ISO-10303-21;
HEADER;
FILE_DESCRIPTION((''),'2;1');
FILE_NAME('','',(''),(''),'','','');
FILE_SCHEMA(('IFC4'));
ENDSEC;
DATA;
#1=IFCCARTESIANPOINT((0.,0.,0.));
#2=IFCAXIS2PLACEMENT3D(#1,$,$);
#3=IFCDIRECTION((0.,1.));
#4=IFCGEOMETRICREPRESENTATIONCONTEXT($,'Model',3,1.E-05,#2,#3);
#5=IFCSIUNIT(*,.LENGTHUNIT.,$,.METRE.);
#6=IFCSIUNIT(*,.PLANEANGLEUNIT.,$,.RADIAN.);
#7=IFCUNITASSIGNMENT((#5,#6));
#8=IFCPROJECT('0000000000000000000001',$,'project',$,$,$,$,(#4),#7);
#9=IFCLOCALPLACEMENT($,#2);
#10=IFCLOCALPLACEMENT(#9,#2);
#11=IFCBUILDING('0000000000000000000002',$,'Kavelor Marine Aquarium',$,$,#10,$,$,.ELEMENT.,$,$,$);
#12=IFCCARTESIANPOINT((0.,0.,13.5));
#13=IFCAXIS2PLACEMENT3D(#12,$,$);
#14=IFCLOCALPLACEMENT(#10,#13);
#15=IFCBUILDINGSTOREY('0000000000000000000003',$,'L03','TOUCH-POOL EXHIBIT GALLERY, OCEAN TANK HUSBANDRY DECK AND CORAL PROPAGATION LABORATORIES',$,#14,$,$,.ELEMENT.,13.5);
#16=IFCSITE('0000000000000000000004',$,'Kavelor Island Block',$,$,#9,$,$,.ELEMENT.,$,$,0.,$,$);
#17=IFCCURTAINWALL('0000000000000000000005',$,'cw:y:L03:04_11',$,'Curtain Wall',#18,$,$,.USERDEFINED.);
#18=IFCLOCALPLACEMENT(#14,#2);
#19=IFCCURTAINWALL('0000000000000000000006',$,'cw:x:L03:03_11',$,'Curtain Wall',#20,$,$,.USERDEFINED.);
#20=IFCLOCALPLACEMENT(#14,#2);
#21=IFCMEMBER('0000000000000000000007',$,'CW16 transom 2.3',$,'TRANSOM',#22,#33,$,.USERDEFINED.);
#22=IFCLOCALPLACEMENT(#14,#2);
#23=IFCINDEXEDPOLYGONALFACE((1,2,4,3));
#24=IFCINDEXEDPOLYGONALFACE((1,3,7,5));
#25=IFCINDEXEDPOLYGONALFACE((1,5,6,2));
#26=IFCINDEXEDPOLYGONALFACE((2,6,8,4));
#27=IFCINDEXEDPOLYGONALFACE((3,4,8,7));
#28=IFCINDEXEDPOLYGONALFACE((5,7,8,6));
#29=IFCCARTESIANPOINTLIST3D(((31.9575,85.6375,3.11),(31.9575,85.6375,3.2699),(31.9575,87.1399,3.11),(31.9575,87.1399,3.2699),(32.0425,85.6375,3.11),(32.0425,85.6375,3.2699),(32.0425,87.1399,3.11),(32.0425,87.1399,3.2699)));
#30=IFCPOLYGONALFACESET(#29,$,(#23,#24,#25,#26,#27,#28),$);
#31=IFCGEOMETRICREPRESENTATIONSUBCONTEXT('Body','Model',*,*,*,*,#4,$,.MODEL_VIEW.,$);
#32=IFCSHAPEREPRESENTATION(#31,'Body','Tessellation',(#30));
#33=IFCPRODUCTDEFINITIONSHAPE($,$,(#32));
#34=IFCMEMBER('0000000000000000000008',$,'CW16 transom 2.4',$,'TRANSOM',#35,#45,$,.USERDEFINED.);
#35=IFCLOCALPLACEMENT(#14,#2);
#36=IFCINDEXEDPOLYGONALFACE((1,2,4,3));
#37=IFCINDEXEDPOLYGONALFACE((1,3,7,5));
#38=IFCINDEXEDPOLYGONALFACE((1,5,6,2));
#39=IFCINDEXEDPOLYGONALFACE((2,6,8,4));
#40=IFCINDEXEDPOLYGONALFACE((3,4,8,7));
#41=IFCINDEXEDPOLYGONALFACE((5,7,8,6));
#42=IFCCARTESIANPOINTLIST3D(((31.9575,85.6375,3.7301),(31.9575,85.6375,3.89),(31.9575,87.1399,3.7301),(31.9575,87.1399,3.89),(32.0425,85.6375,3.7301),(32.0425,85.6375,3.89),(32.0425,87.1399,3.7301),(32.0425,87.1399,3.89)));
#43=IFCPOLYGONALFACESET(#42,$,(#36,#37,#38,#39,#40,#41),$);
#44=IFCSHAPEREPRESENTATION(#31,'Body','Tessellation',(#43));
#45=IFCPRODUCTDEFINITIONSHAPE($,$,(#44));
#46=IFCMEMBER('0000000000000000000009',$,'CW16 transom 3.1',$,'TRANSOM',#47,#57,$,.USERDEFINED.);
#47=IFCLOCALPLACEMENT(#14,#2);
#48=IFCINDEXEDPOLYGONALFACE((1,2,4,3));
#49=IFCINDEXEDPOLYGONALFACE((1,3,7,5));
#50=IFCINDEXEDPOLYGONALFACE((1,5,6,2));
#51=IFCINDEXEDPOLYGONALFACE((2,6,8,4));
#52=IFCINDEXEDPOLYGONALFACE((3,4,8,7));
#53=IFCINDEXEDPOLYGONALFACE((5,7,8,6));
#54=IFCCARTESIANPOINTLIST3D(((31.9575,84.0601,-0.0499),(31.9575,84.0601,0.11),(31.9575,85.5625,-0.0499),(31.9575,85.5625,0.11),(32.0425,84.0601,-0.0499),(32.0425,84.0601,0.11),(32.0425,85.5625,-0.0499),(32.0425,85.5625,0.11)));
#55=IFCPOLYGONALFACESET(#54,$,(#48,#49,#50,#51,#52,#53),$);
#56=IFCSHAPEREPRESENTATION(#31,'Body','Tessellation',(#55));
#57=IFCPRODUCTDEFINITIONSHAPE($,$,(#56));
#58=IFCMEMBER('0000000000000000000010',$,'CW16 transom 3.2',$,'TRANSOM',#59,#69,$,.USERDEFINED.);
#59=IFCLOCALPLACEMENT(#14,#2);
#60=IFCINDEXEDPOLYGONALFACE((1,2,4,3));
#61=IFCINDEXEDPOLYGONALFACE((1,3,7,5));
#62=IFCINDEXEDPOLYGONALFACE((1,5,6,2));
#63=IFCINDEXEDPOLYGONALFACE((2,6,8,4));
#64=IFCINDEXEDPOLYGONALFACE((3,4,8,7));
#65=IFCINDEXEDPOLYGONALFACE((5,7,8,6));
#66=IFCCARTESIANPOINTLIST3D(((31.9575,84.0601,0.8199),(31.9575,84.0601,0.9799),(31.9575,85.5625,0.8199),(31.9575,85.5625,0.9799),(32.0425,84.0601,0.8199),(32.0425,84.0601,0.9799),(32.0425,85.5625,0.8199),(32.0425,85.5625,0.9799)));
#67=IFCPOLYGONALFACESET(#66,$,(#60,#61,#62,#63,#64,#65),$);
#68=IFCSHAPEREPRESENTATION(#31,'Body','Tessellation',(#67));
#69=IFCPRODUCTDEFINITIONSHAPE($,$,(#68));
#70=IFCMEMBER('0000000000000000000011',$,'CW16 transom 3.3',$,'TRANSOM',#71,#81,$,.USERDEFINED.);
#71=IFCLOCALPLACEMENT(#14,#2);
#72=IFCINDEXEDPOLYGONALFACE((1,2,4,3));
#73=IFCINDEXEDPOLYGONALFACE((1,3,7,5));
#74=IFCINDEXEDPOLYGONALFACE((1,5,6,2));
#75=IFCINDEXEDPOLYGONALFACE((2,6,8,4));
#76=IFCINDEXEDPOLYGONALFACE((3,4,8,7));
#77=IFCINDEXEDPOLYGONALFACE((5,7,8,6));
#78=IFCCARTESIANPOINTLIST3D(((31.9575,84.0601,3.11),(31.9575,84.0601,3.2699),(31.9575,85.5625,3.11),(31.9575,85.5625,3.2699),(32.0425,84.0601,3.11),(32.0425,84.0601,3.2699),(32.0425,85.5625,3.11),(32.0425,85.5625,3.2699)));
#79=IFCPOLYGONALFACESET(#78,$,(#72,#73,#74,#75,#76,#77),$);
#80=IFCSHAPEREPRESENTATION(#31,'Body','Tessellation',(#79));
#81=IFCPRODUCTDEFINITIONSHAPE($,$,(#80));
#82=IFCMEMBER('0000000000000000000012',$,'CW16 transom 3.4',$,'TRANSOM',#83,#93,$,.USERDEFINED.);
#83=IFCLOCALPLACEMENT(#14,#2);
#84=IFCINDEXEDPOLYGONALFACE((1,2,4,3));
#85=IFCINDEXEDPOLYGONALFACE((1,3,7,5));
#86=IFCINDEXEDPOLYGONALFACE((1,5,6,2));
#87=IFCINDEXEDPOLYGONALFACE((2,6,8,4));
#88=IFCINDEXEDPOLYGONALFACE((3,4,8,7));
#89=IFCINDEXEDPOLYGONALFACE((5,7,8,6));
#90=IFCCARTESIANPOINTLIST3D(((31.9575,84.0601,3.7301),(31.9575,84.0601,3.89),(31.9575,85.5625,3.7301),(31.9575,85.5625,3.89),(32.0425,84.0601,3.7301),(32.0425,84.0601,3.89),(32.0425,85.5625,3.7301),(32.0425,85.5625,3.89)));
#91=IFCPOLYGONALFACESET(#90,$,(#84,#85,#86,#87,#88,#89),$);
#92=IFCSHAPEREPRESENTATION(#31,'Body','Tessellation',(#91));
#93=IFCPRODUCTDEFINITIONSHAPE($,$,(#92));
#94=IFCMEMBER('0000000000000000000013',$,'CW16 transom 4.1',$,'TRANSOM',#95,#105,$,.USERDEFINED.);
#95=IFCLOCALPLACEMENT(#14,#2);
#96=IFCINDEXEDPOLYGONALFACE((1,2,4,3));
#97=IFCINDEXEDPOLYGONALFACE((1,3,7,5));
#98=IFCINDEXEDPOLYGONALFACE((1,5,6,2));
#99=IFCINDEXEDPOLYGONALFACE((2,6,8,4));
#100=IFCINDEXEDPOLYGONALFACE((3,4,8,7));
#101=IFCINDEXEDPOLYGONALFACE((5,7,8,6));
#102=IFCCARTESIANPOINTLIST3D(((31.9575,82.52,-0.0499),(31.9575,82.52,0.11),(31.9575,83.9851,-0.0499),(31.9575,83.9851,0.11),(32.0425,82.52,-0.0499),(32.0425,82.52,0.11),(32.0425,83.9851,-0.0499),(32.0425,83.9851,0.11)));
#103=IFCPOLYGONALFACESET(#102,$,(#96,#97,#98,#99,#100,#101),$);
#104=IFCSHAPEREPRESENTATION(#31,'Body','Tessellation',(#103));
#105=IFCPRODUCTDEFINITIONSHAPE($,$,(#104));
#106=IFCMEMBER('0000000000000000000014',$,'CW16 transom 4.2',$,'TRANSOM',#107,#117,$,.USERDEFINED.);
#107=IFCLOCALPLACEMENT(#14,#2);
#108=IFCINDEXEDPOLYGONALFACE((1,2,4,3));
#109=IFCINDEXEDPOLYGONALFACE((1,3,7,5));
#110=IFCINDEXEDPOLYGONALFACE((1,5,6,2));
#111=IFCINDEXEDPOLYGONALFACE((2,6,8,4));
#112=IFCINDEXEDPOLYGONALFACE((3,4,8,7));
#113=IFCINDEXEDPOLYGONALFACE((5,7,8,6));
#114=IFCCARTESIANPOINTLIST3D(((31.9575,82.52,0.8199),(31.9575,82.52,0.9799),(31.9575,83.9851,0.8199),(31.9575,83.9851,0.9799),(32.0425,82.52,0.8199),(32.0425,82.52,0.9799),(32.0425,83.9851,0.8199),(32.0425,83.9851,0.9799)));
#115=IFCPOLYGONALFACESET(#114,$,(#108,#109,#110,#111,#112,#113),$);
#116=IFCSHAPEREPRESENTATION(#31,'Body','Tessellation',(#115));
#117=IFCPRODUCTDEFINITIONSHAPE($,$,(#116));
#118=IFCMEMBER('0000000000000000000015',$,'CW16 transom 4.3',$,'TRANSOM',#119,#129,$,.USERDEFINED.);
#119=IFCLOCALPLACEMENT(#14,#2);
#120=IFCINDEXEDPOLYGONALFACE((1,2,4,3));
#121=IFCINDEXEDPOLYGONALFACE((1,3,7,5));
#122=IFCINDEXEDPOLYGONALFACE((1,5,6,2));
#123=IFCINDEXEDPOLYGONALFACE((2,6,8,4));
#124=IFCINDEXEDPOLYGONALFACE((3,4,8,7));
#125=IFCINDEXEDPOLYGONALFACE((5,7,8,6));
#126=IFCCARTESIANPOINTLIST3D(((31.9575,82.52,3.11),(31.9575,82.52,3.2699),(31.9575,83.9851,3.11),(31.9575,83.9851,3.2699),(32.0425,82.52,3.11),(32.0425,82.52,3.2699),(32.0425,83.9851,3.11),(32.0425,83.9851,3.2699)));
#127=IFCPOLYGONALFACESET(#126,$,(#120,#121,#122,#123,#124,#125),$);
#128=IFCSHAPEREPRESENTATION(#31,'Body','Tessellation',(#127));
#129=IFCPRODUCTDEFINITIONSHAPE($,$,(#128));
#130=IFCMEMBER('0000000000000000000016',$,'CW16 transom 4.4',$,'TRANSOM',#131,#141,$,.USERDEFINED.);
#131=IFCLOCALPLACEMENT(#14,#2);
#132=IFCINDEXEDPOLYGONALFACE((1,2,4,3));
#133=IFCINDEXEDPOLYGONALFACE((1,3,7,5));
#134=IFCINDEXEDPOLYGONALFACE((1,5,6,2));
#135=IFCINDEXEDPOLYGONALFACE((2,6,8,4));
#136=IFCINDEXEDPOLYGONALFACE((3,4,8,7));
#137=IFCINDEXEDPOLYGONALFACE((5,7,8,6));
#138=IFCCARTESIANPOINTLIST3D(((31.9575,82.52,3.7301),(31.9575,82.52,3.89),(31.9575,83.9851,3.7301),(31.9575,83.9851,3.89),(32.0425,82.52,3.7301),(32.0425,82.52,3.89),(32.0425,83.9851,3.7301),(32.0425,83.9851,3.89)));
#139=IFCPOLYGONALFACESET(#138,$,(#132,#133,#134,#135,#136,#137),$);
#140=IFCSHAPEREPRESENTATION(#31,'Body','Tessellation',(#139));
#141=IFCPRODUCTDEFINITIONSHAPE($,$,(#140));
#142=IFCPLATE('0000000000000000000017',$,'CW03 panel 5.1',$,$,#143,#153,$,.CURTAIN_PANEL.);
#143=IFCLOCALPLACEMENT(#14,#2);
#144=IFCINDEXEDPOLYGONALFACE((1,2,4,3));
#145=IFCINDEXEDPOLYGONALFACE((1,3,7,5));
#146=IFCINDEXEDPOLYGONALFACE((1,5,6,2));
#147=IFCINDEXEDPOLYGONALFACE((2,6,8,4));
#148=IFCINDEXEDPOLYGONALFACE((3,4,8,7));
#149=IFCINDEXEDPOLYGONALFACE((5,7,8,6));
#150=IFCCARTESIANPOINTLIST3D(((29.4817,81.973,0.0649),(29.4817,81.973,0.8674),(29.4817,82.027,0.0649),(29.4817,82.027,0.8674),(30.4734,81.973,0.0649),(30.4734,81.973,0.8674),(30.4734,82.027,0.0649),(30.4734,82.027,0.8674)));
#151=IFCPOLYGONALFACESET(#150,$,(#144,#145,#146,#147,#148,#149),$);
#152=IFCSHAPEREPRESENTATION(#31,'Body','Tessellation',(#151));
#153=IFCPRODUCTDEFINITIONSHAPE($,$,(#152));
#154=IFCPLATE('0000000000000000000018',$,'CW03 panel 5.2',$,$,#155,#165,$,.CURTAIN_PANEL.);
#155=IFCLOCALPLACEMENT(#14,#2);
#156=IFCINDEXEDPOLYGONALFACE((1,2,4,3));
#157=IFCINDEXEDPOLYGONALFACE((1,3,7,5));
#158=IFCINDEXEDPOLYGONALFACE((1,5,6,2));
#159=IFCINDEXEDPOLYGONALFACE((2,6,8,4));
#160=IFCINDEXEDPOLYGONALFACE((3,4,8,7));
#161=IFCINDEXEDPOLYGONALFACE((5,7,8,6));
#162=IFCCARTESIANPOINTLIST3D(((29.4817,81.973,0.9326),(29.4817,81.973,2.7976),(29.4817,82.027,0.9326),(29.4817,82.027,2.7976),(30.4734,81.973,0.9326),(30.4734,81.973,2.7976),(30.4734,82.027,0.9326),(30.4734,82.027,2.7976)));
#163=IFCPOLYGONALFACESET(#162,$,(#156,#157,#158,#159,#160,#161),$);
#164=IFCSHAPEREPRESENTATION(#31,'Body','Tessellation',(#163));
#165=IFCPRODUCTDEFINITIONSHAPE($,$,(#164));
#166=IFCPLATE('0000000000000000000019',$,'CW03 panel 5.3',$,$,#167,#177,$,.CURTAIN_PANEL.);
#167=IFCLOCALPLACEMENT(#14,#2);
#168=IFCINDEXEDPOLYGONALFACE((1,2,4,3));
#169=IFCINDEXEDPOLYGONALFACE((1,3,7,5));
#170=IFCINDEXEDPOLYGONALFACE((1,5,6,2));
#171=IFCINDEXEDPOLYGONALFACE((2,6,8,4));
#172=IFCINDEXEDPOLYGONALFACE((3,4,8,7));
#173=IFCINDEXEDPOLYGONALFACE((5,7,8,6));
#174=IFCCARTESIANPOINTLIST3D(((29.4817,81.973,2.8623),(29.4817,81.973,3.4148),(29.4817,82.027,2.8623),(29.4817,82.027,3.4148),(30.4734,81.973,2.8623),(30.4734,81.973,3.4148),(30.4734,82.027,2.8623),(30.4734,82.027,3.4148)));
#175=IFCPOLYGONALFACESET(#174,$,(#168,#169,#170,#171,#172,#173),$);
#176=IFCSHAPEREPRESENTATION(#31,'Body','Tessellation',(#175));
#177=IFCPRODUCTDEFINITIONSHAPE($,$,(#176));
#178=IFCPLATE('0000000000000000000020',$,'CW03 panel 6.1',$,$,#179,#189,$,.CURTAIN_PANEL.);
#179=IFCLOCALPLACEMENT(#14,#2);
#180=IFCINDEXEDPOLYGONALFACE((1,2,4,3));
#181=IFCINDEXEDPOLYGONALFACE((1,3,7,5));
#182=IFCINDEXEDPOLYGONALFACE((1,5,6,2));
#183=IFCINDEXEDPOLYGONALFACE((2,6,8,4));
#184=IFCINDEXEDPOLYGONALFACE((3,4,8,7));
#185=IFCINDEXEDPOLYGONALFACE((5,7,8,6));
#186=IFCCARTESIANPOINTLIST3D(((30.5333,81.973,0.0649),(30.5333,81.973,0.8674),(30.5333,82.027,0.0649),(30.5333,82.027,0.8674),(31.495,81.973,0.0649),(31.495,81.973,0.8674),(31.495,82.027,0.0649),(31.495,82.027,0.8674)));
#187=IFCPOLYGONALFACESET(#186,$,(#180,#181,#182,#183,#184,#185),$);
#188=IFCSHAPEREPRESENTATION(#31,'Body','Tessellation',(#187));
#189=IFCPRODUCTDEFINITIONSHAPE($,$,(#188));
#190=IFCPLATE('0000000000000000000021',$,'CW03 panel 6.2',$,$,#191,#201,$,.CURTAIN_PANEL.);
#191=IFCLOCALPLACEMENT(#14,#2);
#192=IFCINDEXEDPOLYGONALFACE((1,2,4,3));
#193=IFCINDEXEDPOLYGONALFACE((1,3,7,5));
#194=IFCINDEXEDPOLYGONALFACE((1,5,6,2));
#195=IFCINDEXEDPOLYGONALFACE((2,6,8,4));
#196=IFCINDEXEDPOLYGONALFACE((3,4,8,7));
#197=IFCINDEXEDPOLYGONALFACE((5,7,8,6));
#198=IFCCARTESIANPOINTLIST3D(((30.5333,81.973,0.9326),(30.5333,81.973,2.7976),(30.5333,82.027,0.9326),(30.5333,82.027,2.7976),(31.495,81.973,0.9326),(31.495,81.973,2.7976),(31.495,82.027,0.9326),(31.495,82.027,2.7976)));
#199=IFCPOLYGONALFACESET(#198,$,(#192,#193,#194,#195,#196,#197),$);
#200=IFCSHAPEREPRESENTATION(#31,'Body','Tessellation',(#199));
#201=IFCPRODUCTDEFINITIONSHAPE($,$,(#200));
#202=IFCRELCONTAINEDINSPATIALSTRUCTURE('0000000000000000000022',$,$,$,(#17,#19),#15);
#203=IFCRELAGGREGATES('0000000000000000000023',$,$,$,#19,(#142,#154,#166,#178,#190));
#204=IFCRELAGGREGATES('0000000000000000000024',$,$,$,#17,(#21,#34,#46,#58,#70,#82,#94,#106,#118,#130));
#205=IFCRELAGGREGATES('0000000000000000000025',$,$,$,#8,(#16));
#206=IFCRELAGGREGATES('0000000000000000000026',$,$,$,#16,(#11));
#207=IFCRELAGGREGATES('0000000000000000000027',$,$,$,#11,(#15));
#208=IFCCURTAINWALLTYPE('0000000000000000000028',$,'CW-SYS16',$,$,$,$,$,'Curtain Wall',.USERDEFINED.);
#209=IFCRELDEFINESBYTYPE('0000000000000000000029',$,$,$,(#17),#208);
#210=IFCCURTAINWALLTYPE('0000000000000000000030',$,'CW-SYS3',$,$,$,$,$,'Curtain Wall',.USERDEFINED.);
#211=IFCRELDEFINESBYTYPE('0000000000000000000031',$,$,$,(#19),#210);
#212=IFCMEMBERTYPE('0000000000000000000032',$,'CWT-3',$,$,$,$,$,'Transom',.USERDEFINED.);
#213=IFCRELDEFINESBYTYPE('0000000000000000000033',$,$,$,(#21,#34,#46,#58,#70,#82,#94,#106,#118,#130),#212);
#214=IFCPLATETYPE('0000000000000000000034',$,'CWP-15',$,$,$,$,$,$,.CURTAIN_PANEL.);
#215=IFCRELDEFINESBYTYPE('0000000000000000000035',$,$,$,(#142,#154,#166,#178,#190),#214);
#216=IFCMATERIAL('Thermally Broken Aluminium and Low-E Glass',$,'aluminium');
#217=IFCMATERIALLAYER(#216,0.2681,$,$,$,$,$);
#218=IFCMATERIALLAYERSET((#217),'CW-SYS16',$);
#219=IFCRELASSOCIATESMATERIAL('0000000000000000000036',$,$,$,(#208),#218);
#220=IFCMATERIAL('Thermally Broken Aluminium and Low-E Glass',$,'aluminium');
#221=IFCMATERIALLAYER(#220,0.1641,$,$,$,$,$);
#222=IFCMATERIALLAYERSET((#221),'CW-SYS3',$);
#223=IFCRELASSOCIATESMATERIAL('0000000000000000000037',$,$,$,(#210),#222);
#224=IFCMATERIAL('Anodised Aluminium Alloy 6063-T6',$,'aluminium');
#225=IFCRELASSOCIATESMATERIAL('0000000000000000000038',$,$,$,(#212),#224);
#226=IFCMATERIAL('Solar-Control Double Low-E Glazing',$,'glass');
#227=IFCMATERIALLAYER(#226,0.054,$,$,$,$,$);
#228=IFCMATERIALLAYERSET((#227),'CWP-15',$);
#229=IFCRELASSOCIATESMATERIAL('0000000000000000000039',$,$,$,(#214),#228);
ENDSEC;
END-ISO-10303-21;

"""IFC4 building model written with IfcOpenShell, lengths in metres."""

from ifc_helpers import new_model, si_unit, direction, frame, origin, origin_2d, place, context, subcontext, project, spatial, rectangle, extrude, material, layer, layer_set, material_profile, profile_set, type_object, element, aggregate, save


model = new_model("IFC4")

# Units and contexts
model_context = context("Model", 3, precision=1e-05, world=origin(), true_north=direction((0.0, 1.0)))
body_context = subcontext(model_context, "Body", "Model", "MODEL_VIEW")
ifc_project = project(units=[si_unit("LENGTHUNIT", "METRE"), si_unit("PLANEANGLEUNIT", "RADIAN")], contexts=[model_context])

# Site, building, storey
site_placement = place(None, origin())
site = spatial("IfcSite", under=ifc_project, at=site_placement, Name="Kavelor Island Block", CompositionType="ELEMENT", RefElevation=0.0)
building_placement = place(site_placement, origin())
building = spatial("IfcBuilding", under=site, at=building_placement, Name="Kavelor Marine Aquarium", CompositionType="ELEMENT")
storey_placement = place(building_placement, frame((0.0, 0.0, 13.5)))
storey = spatial("IfcBuildingStorey", under=building, at=storey_placement, Name="L03", Description="TOUCH-POOL EXHIBIT GALLERY, OCEAN TANK HUSBANDRY DECK AND CORAL PROPAGATION LABORATORIES", CompositionType="ELEMENT", Elevation=13.5)

# Curtain walls
ifc_material_1 = material(Name="Thermally Broken Aluminium and Low-E Glass", Category="aluminium")
ifc_layer_1 = layer(ifc_material_1, 0.2681)
ifc_layer_set_1 = layer_set([ifc_layer_1], Name="CW-SYS16")
curtain_wall_type_1 = type_object("IfcCurtainWallType", Name="CW-SYS16", ElementType="Curtain Wall", PredefinedType="USERDEFINED", material=ifc_layer_set_1)
curtain_wall_1_placement = place(storey_placement, origin())
curtain_wall_1 = element("IfcCurtainWall", 1, at=curtain_wall_1_placement, inside=storey, type_object=curtain_wall_type_1, Name="cw:y:L03:04_11", ObjectType="Curtain Wall", PredefinedType="USERDEFINED")
ifc_material_2 = material(Name="Thermally Broken Aluminium and Low-E Glass", Category="aluminium")
ifc_layer_2 = layer(ifc_material_2, 0.1641)
ifc_layer_set_2 = layer_set([ifc_layer_2], Name="CW-SYS3")
curtain_wall_type_2 = type_object("IfcCurtainWallType", Name="CW-SYS3", ElementType="Curtain Wall", PredefinedType="USERDEFINED", material=ifc_layer_set_2)
curtain_wall_2_placement = place(storey_placement, origin())
curtain_wall_2 = element("IfcCurtainWall", 2, at=curtain_wall_2_placement, inside=storey, type_object=curtain_wall_type_2, Name="cw:x:L03:03_11", ObjectType="Curtain Wall", PredefinedType="USERDEFINED")

# Members
ifc_material_3 = material(Name="Anodised Aluminium Alloy 6063-T6", Category="aluminium")
ifc_material_profile_1 = material_profile(ifc_material_3, rectangle(XDim=0.085, YDim=0.1599, at=origin_2d()), Name="CW-TRN 85x160")
ifc_profile_set_1 = profile_set([ifc_material_profile_1], Name="Anodised Aluminium Alloy 6063-T6")
member_type_1 = type_object("IfcMemberType", Name="CWT-3", ElementType="Transom", PredefinedType="USERDEFINED", material=ifc_profile_set_1)
member_1_placement = place(storey_placement, frame((32.0, 87.1399, 3.1899), z_axis=(0.0, -1.0, 0.0), x_axis=(1.0, 0.0, 0.0)))
member_1 = element("IfcMember", 3, at=member_1_placement, type_object=member_type_1, Name="CW16 transom 2.3", ObjectType="TRANSOM", PredefinedType="USERDEFINED", context=body_context, shape_type="SweptSolid", body=[
    extrude(rectangle(XDim=0.085, YDim=0.1599, at=origin_2d()), origin(), (0.0, 0.0, 1.0), 1.5024),
])
member_2_placement = place(storey_placement, frame((32.0, 87.1399, 3.8101), z_axis=(0.0, -1.0, 0.0), x_axis=(1.0, 0.0, 0.0)))
member_2 = element("IfcMember", 4, at=member_2_placement, type_object=member_type_1, Name="CW16 transom 2.4", ObjectType="TRANSOM", PredefinedType="USERDEFINED", context=body_context, shape_type="SweptSolid", body=[
    extrude(rectangle(XDim=0.085, YDim=0.1599, at=origin_2d()), origin(), (0.0, 0.0, 1.0), 1.5024),
])
member_3_placement = place(storey_placement, frame((32.0, 85.5625, 0.03), z_axis=(0.0, -1.0, 0.0), x_axis=(1.0, 0.0, 0.0)))
member_3 = element("IfcMember", 5, at=member_3_placement, type_object=member_type_1, Name="CW16 transom 3.1", ObjectType="TRANSOM", PredefinedType="USERDEFINED", context=body_context, shape_type="SweptSolid", body=[
    extrude(rectangle(XDim=0.085, YDim=0.1599, at=origin_2d()), origin(), (0.0, 0.0, 1.0), 1.5024),
])
member_4_placement = place(storey_placement, frame((32.0, 85.5625, 0.8999), z_axis=(0.0, -1.0, 0.0), x_axis=(1.0, 0.0, 0.0)))
member_4 = element("IfcMember", 6, at=member_4_placement, type_object=member_type_1, Name="CW16 transom 3.2", ObjectType="TRANSOM", PredefinedType="USERDEFINED", context=body_context, shape_type="SweptSolid", body=[
    extrude(rectangle(XDim=0.085, YDim=0.1599, at=origin_2d()), origin(), (0.0, 0.0, 1.0), 1.5024),
])
member_5_placement = place(storey_placement, frame((32.0, 85.5625, 3.1899), z_axis=(0.0, -1.0, 0.0), x_axis=(1.0, 0.0, 0.0)))
member_5 = element("IfcMember", 7, at=member_5_placement, type_object=member_type_1, Name="CW16 transom 3.3", ObjectType="TRANSOM", PredefinedType="USERDEFINED", context=body_context, shape_type="SweptSolid", body=[
    extrude(rectangle(XDim=0.085, YDim=0.1599, at=origin_2d()), origin(), (0.0, 0.0, 1.0), 1.5024),
])
member_6_placement = place(storey_placement, frame((32.0, 85.5625, 3.8101), z_axis=(0.0, -1.0, 0.0), x_axis=(1.0, 0.0, 0.0)))
member_6 = element("IfcMember", 8, at=member_6_placement, type_object=member_type_1, Name="CW16 transom 3.4", ObjectType="TRANSOM", PredefinedType="USERDEFINED", context=body_context, shape_type="SweptSolid", body=[
    extrude(rectangle(XDim=0.085, YDim=0.1599, at=origin_2d()), origin(), (0.0, 0.0, 1.0), 1.5024),
])
member_7_placement = place(storey_placement, frame((32.0, 83.9851, 0.03), z_axis=(0.0, -1.0, 0.0), x_axis=(1.0, 0.0, 0.0)))
member_7 = element("IfcMember", 9, at=member_7_placement, type_object=member_type_1, Name="CW16 transom 4.1", ObjectType="TRANSOM", PredefinedType="USERDEFINED", context=body_context, shape_type="SweptSolid", body=[
    extrude(rectangle(XDim=0.085, YDim=0.1599, at=origin_2d()), origin(), (0.0, 0.0, 1.0), 1.4651),
])
member_8_placement = place(storey_placement, frame((32.0, 83.9851, 0.8999), z_axis=(0.0, -1.0, 0.0), x_axis=(1.0, 0.0, 0.0)))
member_8 = element("IfcMember", 10, at=member_8_placement, type_object=member_type_1, Name="CW16 transom 4.2", ObjectType="TRANSOM", PredefinedType="USERDEFINED", context=body_context, shape_type="SweptSolid", body=[
    extrude(rectangle(XDim=0.085, YDim=0.1599, at=origin_2d()), origin(), (0.0, 0.0, 1.0), 1.4651),
])
member_9_placement = place(storey_placement, frame((32.0, 83.9851, 3.1899), z_axis=(0.0, -1.0, 0.0), x_axis=(1.0, 0.0, 0.0)))
member_9 = element("IfcMember", 11, at=member_9_placement, type_object=member_type_1, Name="CW16 transom 4.3", ObjectType="TRANSOM", PredefinedType="USERDEFINED", context=body_context, shape_type="SweptSolid", body=[
    extrude(rectangle(XDim=0.085, YDim=0.1599, at=origin_2d()), origin(), (0.0, 0.0, 1.0), 1.4651),
])
member_10_placement = place(storey_placement, frame((32.0, 83.9851, 3.8101), z_axis=(0.0, -1.0, 0.0), x_axis=(1.0, 0.0, 0.0)))
member_10 = element("IfcMember", 12, at=member_10_placement, type_object=member_type_1, Name="CW16 transom 4.4", ObjectType="TRANSOM", PredefinedType="USERDEFINED", context=body_context, shape_type="SweptSolid", body=[
    extrude(rectangle(XDim=0.085, YDim=0.1599, at=origin_2d()), origin(), (0.0, 0.0, 1.0), 1.4651),
])

# Plates
ifc_material_4 = material(Name="Solar-Control Double Low-E Glazing", Category="glass")
ifc_layer_3 = layer(ifc_material_4, 0.054)
ifc_layer_set_3 = layer_set([ifc_layer_3], Name="CWP-15")
plate_type_1 = type_object("IfcPlateType", Name="CWP-15", PredefinedType="CURTAIN_PANEL", material=ifc_layer_set_3)
plate_1_placement = place(storey_placement, frame((29.9775, 82.0, 0.0649), z_axis=(0.0, 0.0, 1.0), x_axis=(1.0, 0.0, 0.0)))
plate_1 = element("IfcPlate", 13, at=plate_1_placement, type_object=plate_type_1, Name="CW03 panel 5.1", PredefinedType="CURTAIN_PANEL", context=body_context, shape_type="SweptSolid", body=[
    extrude(rectangle(XDim=0.9917, YDim=0.054, at=origin_2d()), origin(), (0.0, 0.0, 1.0), 0.8025),
])
plate_2_placement = place(storey_placement, frame((29.9775, 82.0, 0.9326), z_axis=(0.0, 0.0, 1.0), x_axis=(1.0, 0.0, 0.0)))
plate_2 = element("IfcPlate", 14, at=plate_2_placement, type_object=plate_type_1, Name="CW03 panel 5.2", PredefinedType="CURTAIN_PANEL", context=body_context, shape_type="SweptSolid", body=[
    extrude(rectangle(XDim=0.9917, YDim=0.054, at=origin_2d()), origin(), (0.0, 0.0, 1.0), 1.865),
])
plate_3_placement = place(storey_placement, frame((29.9775, 82.0, 2.8623), z_axis=(0.0, 0.0, 1.0), x_axis=(1.0, 0.0, 0.0)))
plate_3 = element("IfcPlate", 15, at=plate_3_placement, type_object=plate_type_1, Name="CW03 panel 5.3", PredefinedType="CURTAIN_PANEL", context=body_context, shape_type="SweptSolid", body=[
    extrude(rectangle(XDim=0.9917, YDim=0.054, at=origin_2d()), origin(), (0.0, 0.0, 1.0), 0.5525),
])
plate_4_placement = place(storey_placement, frame((31.0142, 82.0, 0.0649), z_axis=(0.0, 0.0, 1.0), x_axis=(1.0, 0.0, 0.0)))
plate_4 = element("IfcPlate", 16, at=plate_4_placement, type_object=plate_type_1, Name="CW03 panel 6.1", PredefinedType="CURTAIN_PANEL", context=body_context, shape_type="SweptSolid", body=[
    extrude(rectangle(XDim=0.9617, YDim=0.054, at=origin_2d()), origin(), (0.0, 0.0, 1.0), 0.8025),
])
plate_5_placement = place(storey_placement, frame((31.0142, 82.0, 0.9326), z_axis=(0.0, 0.0, 1.0), x_axis=(1.0, 0.0, 0.0)))
plate_5 = element("IfcPlate", 17, at=plate_5_placement, type_object=plate_type_1, Name="CW03 panel 6.2", PredefinedType="CURTAIN_PANEL", context=body_context, shape_type="SweptSolid", body=[
    extrude(rectangle(XDim=0.9617, YDim=0.054, at=origin_2d()), origin(), (0.0, 0.0, 1.0), 1.865),
])
aggregate(curtain_wall_2, [plate_1, plate_2, plate_3, plate_4, plate_5])
aggregate(curtain_wall_1, [member_1, member_2, member_3, member_4, member_5, member_6, member_7, member_8, member_9, member_10])

save(model, "model.ifc")
